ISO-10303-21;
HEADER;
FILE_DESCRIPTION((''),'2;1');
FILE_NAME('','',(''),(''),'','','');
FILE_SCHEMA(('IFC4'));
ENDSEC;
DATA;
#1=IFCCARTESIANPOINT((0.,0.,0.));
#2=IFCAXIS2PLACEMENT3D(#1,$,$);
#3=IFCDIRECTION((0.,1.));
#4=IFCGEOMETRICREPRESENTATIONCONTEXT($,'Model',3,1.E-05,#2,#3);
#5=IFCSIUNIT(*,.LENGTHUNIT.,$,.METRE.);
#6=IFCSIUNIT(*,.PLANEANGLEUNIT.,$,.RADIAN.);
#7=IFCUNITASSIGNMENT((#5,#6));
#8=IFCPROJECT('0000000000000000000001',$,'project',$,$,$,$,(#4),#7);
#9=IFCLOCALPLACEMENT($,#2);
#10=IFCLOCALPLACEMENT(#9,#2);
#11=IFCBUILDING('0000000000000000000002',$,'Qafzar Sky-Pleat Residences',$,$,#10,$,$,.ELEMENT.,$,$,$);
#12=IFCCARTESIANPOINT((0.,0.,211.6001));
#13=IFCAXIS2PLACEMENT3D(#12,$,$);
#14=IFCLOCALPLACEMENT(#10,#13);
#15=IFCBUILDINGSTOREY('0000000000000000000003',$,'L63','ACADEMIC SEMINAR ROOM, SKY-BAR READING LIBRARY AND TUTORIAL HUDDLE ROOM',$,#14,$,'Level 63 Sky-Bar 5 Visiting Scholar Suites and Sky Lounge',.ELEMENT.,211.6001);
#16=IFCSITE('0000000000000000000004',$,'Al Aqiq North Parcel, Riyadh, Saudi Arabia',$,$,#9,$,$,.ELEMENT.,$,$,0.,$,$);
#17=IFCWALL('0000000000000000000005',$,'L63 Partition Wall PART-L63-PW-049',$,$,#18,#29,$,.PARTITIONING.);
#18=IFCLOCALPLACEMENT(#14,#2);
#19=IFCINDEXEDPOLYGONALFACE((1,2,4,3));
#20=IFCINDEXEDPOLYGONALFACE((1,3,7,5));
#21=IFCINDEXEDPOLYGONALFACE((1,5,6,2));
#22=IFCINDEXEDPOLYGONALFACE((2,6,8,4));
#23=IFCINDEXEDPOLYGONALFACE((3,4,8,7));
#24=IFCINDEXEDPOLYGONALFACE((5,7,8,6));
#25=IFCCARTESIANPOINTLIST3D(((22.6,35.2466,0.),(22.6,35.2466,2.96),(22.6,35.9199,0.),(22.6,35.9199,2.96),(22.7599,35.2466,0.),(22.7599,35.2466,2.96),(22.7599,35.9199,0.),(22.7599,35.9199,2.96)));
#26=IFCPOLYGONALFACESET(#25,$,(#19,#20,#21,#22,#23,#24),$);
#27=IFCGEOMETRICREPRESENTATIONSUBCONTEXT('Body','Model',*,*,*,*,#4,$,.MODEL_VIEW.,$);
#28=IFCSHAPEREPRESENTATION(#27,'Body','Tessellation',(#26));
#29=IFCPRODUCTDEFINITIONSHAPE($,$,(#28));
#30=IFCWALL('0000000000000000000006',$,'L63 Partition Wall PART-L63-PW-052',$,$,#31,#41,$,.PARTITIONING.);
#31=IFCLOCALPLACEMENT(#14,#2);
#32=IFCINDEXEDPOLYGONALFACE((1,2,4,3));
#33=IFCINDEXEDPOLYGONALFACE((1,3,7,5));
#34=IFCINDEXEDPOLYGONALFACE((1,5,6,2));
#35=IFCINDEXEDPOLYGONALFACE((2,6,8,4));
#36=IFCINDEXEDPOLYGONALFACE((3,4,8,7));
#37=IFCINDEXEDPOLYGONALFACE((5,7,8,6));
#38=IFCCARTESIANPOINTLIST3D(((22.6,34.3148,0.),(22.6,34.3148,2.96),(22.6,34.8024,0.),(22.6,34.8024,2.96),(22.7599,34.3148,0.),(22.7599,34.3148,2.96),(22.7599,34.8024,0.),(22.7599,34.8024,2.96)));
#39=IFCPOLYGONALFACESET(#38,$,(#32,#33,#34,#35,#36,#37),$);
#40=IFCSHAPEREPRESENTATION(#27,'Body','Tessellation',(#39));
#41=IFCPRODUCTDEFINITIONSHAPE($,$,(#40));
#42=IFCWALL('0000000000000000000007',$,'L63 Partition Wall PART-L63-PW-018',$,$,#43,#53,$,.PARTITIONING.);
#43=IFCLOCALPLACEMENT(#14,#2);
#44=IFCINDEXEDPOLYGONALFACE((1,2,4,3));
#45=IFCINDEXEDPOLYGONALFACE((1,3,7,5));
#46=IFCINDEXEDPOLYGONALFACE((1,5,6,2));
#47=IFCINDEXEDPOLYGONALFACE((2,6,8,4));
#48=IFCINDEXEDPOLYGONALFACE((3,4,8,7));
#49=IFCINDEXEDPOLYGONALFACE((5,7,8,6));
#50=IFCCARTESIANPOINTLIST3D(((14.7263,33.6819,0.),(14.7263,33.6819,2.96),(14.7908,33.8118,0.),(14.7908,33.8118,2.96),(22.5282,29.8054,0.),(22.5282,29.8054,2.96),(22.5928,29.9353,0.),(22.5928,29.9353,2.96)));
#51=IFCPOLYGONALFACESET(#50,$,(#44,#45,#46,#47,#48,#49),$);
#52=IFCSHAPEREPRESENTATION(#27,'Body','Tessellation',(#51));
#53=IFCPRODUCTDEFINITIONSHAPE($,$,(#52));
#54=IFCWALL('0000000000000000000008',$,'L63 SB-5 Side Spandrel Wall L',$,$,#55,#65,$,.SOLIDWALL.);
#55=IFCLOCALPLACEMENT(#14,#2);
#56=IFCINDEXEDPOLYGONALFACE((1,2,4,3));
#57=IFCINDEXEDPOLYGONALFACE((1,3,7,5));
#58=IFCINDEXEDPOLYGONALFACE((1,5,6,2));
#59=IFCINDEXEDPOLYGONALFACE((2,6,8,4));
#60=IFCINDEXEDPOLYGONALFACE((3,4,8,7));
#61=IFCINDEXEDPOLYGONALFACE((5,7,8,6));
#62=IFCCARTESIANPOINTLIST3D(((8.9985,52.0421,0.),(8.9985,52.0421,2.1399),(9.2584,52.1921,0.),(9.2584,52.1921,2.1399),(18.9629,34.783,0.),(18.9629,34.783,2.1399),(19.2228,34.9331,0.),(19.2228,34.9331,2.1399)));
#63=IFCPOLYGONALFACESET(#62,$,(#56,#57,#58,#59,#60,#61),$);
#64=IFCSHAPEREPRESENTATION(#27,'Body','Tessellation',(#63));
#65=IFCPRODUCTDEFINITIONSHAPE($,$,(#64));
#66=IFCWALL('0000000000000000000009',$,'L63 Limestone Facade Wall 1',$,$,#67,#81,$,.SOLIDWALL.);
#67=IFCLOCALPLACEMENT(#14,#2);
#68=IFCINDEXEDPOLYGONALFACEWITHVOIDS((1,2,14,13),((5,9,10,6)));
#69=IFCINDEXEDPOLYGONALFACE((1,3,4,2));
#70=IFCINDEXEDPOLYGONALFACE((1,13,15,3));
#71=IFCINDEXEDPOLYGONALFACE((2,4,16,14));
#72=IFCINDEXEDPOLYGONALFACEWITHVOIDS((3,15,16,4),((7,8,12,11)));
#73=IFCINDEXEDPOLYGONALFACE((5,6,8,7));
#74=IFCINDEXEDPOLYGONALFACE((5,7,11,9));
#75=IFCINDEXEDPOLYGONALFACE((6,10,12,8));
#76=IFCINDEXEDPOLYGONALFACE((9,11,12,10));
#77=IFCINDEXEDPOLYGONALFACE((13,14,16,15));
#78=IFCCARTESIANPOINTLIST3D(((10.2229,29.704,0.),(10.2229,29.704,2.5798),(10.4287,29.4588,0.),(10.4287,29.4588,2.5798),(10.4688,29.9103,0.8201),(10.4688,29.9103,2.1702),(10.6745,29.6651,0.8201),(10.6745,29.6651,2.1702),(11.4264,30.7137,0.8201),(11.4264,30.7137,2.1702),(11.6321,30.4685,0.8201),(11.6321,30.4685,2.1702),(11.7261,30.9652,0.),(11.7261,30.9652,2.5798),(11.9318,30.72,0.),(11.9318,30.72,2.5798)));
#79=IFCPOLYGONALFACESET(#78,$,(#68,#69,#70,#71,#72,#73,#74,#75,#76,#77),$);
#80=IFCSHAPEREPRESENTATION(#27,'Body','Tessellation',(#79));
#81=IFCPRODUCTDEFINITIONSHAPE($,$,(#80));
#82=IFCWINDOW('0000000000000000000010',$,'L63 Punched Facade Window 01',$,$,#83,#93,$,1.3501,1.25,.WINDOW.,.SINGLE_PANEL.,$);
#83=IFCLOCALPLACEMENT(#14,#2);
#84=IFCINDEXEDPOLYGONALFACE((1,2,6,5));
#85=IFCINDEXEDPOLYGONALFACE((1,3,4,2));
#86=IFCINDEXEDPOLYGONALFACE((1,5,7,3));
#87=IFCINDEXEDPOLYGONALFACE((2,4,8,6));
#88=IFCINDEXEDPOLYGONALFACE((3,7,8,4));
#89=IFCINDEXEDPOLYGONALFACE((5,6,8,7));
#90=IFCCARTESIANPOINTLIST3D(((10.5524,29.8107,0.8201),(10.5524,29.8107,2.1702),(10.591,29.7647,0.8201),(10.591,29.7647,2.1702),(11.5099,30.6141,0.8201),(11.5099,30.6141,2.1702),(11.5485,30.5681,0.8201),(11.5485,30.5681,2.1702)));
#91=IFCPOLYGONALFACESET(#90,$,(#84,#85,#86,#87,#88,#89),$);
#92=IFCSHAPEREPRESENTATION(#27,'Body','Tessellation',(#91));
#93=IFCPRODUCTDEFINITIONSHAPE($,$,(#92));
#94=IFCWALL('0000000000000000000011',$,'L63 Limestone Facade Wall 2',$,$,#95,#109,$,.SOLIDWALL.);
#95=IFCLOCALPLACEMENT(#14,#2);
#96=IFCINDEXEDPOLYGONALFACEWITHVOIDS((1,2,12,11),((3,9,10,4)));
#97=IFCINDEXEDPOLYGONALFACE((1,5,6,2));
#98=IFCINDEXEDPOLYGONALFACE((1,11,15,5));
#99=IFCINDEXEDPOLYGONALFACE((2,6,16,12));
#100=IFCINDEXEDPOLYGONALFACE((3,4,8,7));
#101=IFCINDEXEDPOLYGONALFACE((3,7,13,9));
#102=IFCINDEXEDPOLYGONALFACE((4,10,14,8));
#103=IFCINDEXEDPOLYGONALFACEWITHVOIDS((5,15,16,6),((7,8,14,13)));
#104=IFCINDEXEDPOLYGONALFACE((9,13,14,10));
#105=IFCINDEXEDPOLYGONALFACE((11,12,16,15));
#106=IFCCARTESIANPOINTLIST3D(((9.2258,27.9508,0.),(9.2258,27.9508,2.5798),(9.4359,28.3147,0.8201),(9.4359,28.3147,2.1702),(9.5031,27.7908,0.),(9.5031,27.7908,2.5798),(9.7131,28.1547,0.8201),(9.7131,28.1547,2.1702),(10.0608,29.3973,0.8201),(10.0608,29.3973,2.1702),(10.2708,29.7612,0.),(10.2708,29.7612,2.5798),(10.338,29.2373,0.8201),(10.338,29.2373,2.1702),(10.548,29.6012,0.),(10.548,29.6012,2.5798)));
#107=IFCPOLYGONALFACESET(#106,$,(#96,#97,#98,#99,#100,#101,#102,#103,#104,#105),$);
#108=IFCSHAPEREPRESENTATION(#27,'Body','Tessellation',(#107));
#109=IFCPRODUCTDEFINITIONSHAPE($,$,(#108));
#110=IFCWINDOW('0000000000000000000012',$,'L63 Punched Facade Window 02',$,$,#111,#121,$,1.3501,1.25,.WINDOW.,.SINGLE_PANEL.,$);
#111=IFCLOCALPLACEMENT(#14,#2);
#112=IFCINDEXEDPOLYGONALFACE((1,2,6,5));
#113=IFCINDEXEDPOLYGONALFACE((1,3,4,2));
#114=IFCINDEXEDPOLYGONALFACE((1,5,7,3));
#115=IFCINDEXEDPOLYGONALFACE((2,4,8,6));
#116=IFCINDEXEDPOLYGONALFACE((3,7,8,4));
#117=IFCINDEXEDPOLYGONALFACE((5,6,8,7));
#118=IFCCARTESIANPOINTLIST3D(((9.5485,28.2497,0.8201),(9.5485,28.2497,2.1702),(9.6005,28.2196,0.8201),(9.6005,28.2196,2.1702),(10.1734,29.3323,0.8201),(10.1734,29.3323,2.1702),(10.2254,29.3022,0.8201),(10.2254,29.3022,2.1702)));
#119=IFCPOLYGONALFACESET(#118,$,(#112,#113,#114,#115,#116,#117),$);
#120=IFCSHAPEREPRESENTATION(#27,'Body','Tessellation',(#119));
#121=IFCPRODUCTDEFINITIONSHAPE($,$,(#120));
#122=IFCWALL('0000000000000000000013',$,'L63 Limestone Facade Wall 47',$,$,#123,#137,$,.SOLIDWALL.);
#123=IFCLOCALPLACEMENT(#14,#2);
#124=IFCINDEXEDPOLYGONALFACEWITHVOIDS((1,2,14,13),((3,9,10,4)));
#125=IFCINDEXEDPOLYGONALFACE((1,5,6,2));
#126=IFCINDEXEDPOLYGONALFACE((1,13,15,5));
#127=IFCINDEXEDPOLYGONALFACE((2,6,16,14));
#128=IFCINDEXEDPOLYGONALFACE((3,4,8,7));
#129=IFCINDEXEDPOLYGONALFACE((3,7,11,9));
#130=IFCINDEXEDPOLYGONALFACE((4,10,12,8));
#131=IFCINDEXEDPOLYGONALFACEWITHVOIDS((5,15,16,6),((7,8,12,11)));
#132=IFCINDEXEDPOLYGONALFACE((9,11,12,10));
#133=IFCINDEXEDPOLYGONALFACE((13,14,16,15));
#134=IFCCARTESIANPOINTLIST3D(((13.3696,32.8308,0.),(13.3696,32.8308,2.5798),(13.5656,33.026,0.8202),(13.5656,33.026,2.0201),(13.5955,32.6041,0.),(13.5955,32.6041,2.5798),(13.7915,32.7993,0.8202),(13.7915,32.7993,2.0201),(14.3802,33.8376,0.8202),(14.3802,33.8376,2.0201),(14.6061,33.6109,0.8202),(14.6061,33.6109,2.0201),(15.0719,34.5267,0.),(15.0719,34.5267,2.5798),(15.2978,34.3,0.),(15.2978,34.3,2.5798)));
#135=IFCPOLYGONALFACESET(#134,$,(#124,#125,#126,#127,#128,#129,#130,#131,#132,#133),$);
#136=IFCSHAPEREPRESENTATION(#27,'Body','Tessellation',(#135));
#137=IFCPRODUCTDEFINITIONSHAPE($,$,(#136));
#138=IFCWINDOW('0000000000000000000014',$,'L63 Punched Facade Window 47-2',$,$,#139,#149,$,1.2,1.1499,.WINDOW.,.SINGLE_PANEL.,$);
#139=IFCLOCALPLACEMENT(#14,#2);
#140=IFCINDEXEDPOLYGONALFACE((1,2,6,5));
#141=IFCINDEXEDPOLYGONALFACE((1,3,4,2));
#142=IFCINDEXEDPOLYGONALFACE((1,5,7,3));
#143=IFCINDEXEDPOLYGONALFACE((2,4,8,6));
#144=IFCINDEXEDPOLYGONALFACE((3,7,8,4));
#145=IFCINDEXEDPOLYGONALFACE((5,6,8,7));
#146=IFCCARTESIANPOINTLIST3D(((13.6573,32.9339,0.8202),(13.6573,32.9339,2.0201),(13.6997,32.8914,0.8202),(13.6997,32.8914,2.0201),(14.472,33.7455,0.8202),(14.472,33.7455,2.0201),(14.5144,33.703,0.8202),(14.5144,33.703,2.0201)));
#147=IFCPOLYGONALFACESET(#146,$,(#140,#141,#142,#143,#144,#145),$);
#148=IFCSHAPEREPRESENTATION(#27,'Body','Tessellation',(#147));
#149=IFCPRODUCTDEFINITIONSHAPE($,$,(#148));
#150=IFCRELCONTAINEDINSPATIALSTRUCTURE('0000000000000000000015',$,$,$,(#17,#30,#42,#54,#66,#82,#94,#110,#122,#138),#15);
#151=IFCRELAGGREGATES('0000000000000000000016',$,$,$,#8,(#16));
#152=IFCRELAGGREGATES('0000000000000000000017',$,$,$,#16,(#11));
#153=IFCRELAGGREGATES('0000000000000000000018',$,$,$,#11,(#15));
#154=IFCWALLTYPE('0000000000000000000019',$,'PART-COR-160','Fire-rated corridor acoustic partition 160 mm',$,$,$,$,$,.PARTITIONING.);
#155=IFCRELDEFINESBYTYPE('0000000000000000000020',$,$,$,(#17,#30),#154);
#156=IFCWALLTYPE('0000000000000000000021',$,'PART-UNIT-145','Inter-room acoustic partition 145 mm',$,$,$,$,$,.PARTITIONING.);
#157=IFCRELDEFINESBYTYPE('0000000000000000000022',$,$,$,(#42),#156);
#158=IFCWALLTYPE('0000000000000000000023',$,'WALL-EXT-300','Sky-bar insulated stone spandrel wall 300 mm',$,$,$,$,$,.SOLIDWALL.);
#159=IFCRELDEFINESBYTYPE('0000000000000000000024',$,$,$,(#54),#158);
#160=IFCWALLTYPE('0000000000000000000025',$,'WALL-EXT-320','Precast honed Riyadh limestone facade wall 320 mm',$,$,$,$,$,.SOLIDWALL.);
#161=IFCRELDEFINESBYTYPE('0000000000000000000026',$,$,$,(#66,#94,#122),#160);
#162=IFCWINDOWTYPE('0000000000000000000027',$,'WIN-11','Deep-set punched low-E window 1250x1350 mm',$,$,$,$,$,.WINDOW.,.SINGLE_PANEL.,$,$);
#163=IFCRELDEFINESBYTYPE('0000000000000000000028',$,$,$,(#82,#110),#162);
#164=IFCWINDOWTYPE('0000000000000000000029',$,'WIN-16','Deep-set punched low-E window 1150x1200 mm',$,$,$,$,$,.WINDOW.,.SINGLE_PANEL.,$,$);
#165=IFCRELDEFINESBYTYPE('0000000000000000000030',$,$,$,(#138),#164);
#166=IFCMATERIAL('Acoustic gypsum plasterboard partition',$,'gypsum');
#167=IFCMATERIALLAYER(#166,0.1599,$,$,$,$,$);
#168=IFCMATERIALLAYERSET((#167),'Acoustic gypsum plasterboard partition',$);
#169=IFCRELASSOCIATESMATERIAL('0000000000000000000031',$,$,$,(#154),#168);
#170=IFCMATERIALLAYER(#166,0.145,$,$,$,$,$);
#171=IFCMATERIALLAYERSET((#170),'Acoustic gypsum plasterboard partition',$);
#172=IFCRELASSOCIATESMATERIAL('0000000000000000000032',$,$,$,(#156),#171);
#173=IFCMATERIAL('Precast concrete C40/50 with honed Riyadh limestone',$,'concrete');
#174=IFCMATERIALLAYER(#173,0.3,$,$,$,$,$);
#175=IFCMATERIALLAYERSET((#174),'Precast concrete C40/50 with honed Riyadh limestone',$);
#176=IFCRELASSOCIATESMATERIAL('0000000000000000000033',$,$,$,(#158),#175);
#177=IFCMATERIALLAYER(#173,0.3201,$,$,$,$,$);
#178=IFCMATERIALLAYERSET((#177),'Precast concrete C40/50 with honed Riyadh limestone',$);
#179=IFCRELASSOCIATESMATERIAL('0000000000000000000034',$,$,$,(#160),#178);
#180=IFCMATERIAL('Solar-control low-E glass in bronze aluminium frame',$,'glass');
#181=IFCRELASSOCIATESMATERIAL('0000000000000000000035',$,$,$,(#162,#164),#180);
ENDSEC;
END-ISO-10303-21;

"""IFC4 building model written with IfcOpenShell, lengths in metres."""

from ifc_helpers import new_model, si_unit, direction, frame, frame_2d, origin, place, context, subcontext, project, spatial, rectangle, extrude, source, transform, mapped, material, layer, layer_set, type_object, element, fill, save


model = new_model("IFC4")

# Units and contexts
model_context = context("Model", 3, precision=1e-05, world=origin(), true_north=direction((0.0, 1.0)))
body_context = subcontext(model_context, "Body", "Model", "MODEL_VIEW")
ifc_project = project(units=[si_unit("LENGTHUNIT", "METRE"), si_unit("PLANEANGLEUNIT", "RADIAN")], contexts=[model_context])

# Site, building, storey
site_placement = place(None, origin())
site = spatial("IfcSite", under=ifc_project, at=site_placement, Name="Al Aqiq North Parcel, Riyadh, Saudi Arabia", CompositionType="ELEMENT", RefElevation=0.0)
building_placement = place(site_placement, origin())
building = spatial("IfcBuilding", under=site, at=building_placement, Name="Qafzar Sky-Pleat Residences", CompositionType="ELEMENT")
storey_placement = place(building_placement, frame((0.0, 0.0, 211.6001)))
storey = spatial("IfcBuildingStorey", under=building, at=storey_placement, Name="L63", Description="ACADEMIC SEMINAR ROOM, SKY-BAR READING LIBRARY AND TUTORIAL HUDDLE ROOM", LongName="Level 63 Sky-Bar 5 Visiting Scholar Suites and Sky Lounge", CompositionType="ELEMENT", Elevation=211.6001)

# Shared definitions
ifc_material_1 = material(Name="Acoustic gypsum plasterboard partition", Category="gypsum")
ifc_layer_1 = layer(ifc_material_1, 0.1599)
ifc_layer_set_1 = layer_set([ifc_layer_1], Name="Acoustic gypsum plasterboard partition")
wall_type_1 = type_object("IfcWallType", Name="PART-COR-160", Description="Fire-rated corridor acoustic partition 160 mm", PredefinedType="PARTITIONING", material=ifc_layer_set_1)

# Walls
wall_1_placement = place(storey_placement, frame((22.6799, 35.2466, 0.0), z_axis=(0.0, 0.0, 1.0), x_axis=(0.0, 1.0, 0.0)))
element("IfcWall", 1, at=wall_1_placement, inside=storey, type_object=wall_type_1, Name="L63 Partition Wall PART-L63-PW-049", PredefinedType="PARTITIONING", context=body_context, shape_type="SweptSolid", body=[
    extrude(rectangle(XDim=0.6733, YDim=0.1599, at=frame_2d((0.3367, 0.0))), origin(), (0.0, 0.0, 1.0), 2.96),
])
wall_2_placement = place(storey_placement, frame((22.6799, 34.3149, 0.0), z_axis=(0.0, 0.0, 1.0), x_axis=(0.0, 1.0, 0.0)))
element("IfcWall", 2, at=wall_2_placement, inside=storey, type_object=wall_type_1, Name="L63 Partition Wall PART-L63-PW-052", PredefinedType="PARTITIONING", context=body_context, shape_type="SweptSolid", body=[
    extrude(rectangle(XDim=0.4875, YDim=0.1599, at=frame_2d((0.2437, 0.0))), origin(), (0.0, 0.0, 1.0), 2.96),
])
ifc_layer_2 = layer(ifc_material_1, 0.145)
ifc_layer_set_2 = layer_set([ifc_layer_2], Name="Acoustic gypsum plasterboard partition")
wall_type_2 = type_object("IfcWallType", Name="PART-UNIT-145", Description="Inter-room acoustic partition 145 mm", PredefinedType="PARTITIONING", material=ifc_layer_set_2)
wall_3_placement = place(storey_placement, frame((14.7585, 33.7468, 0.0), z_axis=(0.0, 0.0, 1.0), x_axis=(0.895551, -0.444959, 0.0)))
element("IfcWall", 3, at=wall_3_placement, inside=storey, type_object=wall_type_2, Name="L63 Partition Wall PART-L63-PW-018", PredefinedType="PARTITIONING", context=body_context, shape_type="SweptSolid", body=[
    extrude(rectangle(XDim=8.7119, YDim=0.145, at=frame_2d((4.356, 0.0))), origin(), (0.0, 0.0, 1.0), 2.96),
])
ifc_material_2 = material(Name="Precast concrete C40/50 with honed Riyadh limestone", Category="concrete")
ifc_layer_3 = layer(ifc_material_2, 0.3)
ifc_layer_set_3 = layer_set([ifc_layer_3], Name="Precast concrete C40/50 with honed Riyadh limestone")
wall_type_3 = type_object("IfcWallType", Name="WALL-EXT-300", Description="Sky-bar insulated stone spandrel wall 300 mm", PredefinedType="SOLIDWALL", material=ifc_layer_set_3)
wall_4_placement = place(storey_placement, frame((19.0928, 34.8582, 0.0), z_axis=(0.0, 0.0, 1.0), x_axis=(-0.499994, 0.866029, 0.0)))
element("IfcWall", 4, at=wall_4_placement, inside=storey, type_object=wall_type_3, Name="L63 SB-5 Side Spandrel Wall L", PredefinedType="SOLIDWALL", context=body_context, shape_type="SweptSolid", body=[
    extrude(rectangle(XDim=19.929, YDim=0.3, at=frame_2d((9.9644, 0.0))), origin(), (0.0, 0.0, 1.0), 2.1399),
])

# Walls, openings, windows
ifc_layer_4 = layer(ifc_material_2, 0.3201)
ifc_layer_set_4 = layer_set([ifc_layer_4], Name="Precast concrete C40/50 with honed Riyadh limestone")
wall_type_4 = type_object("IfcWallType", Name="WALL-EXT-320", Description="Precast honed Riyadh limestone facade wall 320 mm", PredefinedType="SOLIDWALL", material=ifc_layer_set_4)
wall_5_placement = place(storey_placement, frame((11.8289, 30.8425, 0.0), z_axis=(0.0, 0.0, 1.0), x_axis=(-0.766065, -0.642763, 0.0)))
wall_5 = element("IfcWall", 5, at=wall_5_placement, inside=storey, type_object=wall_type_4, Name="L63 Limestone Facade Wall 1", PredefinedType="SOLIDWALL", context=body_context, shape_type="SweptSolid", body=[
    extrude(rectangle(XDim=1.9622, YDim=0.3201, at=frame_2d((0.981, 0.0))), origin(), (0.0, 0.0, 1.0), 2.5798),
])
opening_1_placement = place(wall_5_placement, frame((0.3911, 0.0, 0.8201)))
opening_1 = element("IfcOpeningElement", 6, at=opening_1_placement, cuts=wall_5, PredefinedType="OPENING", context=body_context, shape_type="SweptSolid", body=[
    extrude(rectangle(XDim=1.25, YDim=1.3501, at=frame_2d((0.625, 0.675))), frame((0.0, 0.1699, 0.0), z_axis=(0.0, -1.0, 0.0), x_axis=(1.0, 0.0, 0.0)), (0.0, 0.0, 1.0), 0.3401),
])
ifc_material_3 = material(Name="Solar-control low-E glass in bronze aluminium frame", Category="glass")
window_type_1 = type_object("IfcWindowType", Name="WIN-11", Description="Deep-set punched low-E window 1250x1350 mm", PartitioningType="SINGLE_PANEL", PredefinedType="WINDOW", material=ifc_material_3)
shared_shape_1 = source(origin(), body_context, "Body", "SweptSolid", [
    extrude(rectangle(XDim=1.25, YDim=1.3501, at=frame_2d((0.625, 0.675))), frame((0.0, 0.03, 0.0), z_axis=(0.0, -1.0, 0.0), x_axis=(1.0, 0.0, 0.0)), (0.0, 0.0, 1.0), 0.0601),
])
window_1_placement = place(opening_1_placement, origin())
window_1 = element("IfcWindow", 7, at=window_1_placement, inside=storey, type_object=window_type_1, Name="L63 Punched Facade Window 01", OverallHeight=1.3501, OverallWidth=1.25, PartitioningType="SINGLE_PANEL", PredefinedType="WINDOW", context=body_context, shape_type="MappedRepresentation", body=[
    mapped(shared_shape_1, transform((0.0, 0.0, 0.0), x_axis=(1.0, 0.0, 0.0), y_axis=(0.0, 1.0, 0.0), z_axis=(0.0, 0.0, 1.0), scale=1.0)),
])
fill(opening_1, window_1)
wall_6_placement = place(storey_placement, frame((10.4094, 29.6812, 0.0), z_axis=(0.0, 0.0, 1.0), x_axis=(-0.499908, -0.866079, 0.0)))
wall_6 = element("IfcWall", 8, at=wall_6_placement, inside=storey, type_object=wall_type_4, Name="L63 Limestone Facade Wall 2", PredefinedType="SOLIDWALL", context=body_context, shape_type="SweptSolid", body=[
    extrude(rectangle(XDim=2.0903, YDim=0.3201, at=frame_2d((1.0452, 0.0))), origin(), (0.0, 0.0, 1.0), 2.5798),
])
opening_2_placement = place(wall_6_placement, frame((0.4202, 0.0, 0.8201)))
opening_2 = element("IfcOpeningElement", 9, at=opening_2_placement, cuts=wall_6, PredefinedType="OPENING", context=body_context, shape_type="SweptSolid", body=[
    extrude(rectangle(XDim=1.25, YDim=1.3501, at=frame_2d((0.625, 0.675))), frame((0.0, 0.1699, 0.0), z_axis=(0.0, -1.0, 0.0), x_axis=(1.0, 0.0, 0.0)), (0.0, 0.0, 1.0), 0.3401),
])
window_2_placement = place(opening_2_placement, origin())
window_2 = element("IfcWindow", 10, at=window_2_placement, inside=storey, type_object=window_type_1, Name="L63 Punched Facade Window 02", OverallHeight=1.3501, OverallWidth=1.25, PartitioningType="SINGLE_PANEL", PredefinedType="WINDOW", context=body_context, shape_type="MappedRepresentation", body=[
    mapped(shared_shape_1, transform((0.0, 0.0, 0.0), x_axis=(1.0, 0.0, 0.0), y_axis=(0.0, 1.0, 0.0), z_axis=(0.0, 0.0, 1.0), scale=1.0)),
])
fill(opening_2, window_2)
wall_7_placement = place(storey_placement, frame((15.1848, 34.4133, 0.0), z_axis=(0.0, 0.0, 1.0), x_axis=(-0.708426, -0.705785, 0.0)))
wall_7 = element("IfcWall", 11, at=wall_7_placement, inside=storey, type_object=wall_type_4, Name="L63 Limestone Facade Wall 47", PredefinedType="SOLIDWALL", context=body_context, shape_type="SweptSolid", body=[
    extrude(rectangle(XDim=2.4028, YDim=0.3201, at=frame_2d((1.2014, 0.0))), origin(), (0.0, 0.0, 1.0), 2.5798),
])
opening_3_placement = place(wall_7_placement, frame((0.9763, 0.0, 0.8201)))
opening_3 = element("IfcOpeningElement", 12, at=opening_3_placement, cuts=wall_7, PredefinedType="OPENING", context=body_context, shape_type="SweptSolid", body=[
    extrude(rectangle(XDim=1.1499, YDim=1.2, at=frame_2d((0.575, 0.6001))), frame((0.0, 0.1699, 0.0), z_axis=(0.0, -1.0, 0.0), x_axis=(1.0, 0.0, 0.0)), (0.0, 0.0, 1.0), 0.3401),
])
window_type_2 = type_object("IfcWindowType", Name="WIN-16", Description="Deep-set punched low-E window 1150x1200 mm", PartitioningType="SINGLE_PANEL", PredefinedType="WINDOW", material=ifc_material_3)
shared_shape_2 = source(origin(), body_context, "Body", "SweptSolid", [
    extrude(rectangle(XDim=1.1499, YDim=1.2, at=frame_2d((0.575, 0.6001))), frame((0.0, 0.03, 0.0), z_axis=(0.0, -1.0, 0.0), x_axis=(1.0, 0.0, 0.0)), (0.0, 0.0, 1.0), 0.0601),
])
window_3_placement = place(opening_3_placement, origin())
window_3 = element("IfcWindow", 13, at=window_3_placement, inside=storey, type_object=window_type_2, Name="L63 Punched Facade Window 47-2", OverallHeight=1.2, OverallWidth=1.1499, PartitioningType="SINGLE_PANEL", PredefinedType="WINDOW", context=body_context, shape_type="MappedRepresentation", body=[
    mapped(shared_shape_2, transform((0.0, 0.0, 0.0), x_axis=(1.0, 0.0, 0.0), y_axis=(0.0, 1.0, 0.0), z_axis=(0.0, 0.0, 1.0), scale=1.0)),
])
fill(opening_3, window_3)

save(model, "model.ifc")
